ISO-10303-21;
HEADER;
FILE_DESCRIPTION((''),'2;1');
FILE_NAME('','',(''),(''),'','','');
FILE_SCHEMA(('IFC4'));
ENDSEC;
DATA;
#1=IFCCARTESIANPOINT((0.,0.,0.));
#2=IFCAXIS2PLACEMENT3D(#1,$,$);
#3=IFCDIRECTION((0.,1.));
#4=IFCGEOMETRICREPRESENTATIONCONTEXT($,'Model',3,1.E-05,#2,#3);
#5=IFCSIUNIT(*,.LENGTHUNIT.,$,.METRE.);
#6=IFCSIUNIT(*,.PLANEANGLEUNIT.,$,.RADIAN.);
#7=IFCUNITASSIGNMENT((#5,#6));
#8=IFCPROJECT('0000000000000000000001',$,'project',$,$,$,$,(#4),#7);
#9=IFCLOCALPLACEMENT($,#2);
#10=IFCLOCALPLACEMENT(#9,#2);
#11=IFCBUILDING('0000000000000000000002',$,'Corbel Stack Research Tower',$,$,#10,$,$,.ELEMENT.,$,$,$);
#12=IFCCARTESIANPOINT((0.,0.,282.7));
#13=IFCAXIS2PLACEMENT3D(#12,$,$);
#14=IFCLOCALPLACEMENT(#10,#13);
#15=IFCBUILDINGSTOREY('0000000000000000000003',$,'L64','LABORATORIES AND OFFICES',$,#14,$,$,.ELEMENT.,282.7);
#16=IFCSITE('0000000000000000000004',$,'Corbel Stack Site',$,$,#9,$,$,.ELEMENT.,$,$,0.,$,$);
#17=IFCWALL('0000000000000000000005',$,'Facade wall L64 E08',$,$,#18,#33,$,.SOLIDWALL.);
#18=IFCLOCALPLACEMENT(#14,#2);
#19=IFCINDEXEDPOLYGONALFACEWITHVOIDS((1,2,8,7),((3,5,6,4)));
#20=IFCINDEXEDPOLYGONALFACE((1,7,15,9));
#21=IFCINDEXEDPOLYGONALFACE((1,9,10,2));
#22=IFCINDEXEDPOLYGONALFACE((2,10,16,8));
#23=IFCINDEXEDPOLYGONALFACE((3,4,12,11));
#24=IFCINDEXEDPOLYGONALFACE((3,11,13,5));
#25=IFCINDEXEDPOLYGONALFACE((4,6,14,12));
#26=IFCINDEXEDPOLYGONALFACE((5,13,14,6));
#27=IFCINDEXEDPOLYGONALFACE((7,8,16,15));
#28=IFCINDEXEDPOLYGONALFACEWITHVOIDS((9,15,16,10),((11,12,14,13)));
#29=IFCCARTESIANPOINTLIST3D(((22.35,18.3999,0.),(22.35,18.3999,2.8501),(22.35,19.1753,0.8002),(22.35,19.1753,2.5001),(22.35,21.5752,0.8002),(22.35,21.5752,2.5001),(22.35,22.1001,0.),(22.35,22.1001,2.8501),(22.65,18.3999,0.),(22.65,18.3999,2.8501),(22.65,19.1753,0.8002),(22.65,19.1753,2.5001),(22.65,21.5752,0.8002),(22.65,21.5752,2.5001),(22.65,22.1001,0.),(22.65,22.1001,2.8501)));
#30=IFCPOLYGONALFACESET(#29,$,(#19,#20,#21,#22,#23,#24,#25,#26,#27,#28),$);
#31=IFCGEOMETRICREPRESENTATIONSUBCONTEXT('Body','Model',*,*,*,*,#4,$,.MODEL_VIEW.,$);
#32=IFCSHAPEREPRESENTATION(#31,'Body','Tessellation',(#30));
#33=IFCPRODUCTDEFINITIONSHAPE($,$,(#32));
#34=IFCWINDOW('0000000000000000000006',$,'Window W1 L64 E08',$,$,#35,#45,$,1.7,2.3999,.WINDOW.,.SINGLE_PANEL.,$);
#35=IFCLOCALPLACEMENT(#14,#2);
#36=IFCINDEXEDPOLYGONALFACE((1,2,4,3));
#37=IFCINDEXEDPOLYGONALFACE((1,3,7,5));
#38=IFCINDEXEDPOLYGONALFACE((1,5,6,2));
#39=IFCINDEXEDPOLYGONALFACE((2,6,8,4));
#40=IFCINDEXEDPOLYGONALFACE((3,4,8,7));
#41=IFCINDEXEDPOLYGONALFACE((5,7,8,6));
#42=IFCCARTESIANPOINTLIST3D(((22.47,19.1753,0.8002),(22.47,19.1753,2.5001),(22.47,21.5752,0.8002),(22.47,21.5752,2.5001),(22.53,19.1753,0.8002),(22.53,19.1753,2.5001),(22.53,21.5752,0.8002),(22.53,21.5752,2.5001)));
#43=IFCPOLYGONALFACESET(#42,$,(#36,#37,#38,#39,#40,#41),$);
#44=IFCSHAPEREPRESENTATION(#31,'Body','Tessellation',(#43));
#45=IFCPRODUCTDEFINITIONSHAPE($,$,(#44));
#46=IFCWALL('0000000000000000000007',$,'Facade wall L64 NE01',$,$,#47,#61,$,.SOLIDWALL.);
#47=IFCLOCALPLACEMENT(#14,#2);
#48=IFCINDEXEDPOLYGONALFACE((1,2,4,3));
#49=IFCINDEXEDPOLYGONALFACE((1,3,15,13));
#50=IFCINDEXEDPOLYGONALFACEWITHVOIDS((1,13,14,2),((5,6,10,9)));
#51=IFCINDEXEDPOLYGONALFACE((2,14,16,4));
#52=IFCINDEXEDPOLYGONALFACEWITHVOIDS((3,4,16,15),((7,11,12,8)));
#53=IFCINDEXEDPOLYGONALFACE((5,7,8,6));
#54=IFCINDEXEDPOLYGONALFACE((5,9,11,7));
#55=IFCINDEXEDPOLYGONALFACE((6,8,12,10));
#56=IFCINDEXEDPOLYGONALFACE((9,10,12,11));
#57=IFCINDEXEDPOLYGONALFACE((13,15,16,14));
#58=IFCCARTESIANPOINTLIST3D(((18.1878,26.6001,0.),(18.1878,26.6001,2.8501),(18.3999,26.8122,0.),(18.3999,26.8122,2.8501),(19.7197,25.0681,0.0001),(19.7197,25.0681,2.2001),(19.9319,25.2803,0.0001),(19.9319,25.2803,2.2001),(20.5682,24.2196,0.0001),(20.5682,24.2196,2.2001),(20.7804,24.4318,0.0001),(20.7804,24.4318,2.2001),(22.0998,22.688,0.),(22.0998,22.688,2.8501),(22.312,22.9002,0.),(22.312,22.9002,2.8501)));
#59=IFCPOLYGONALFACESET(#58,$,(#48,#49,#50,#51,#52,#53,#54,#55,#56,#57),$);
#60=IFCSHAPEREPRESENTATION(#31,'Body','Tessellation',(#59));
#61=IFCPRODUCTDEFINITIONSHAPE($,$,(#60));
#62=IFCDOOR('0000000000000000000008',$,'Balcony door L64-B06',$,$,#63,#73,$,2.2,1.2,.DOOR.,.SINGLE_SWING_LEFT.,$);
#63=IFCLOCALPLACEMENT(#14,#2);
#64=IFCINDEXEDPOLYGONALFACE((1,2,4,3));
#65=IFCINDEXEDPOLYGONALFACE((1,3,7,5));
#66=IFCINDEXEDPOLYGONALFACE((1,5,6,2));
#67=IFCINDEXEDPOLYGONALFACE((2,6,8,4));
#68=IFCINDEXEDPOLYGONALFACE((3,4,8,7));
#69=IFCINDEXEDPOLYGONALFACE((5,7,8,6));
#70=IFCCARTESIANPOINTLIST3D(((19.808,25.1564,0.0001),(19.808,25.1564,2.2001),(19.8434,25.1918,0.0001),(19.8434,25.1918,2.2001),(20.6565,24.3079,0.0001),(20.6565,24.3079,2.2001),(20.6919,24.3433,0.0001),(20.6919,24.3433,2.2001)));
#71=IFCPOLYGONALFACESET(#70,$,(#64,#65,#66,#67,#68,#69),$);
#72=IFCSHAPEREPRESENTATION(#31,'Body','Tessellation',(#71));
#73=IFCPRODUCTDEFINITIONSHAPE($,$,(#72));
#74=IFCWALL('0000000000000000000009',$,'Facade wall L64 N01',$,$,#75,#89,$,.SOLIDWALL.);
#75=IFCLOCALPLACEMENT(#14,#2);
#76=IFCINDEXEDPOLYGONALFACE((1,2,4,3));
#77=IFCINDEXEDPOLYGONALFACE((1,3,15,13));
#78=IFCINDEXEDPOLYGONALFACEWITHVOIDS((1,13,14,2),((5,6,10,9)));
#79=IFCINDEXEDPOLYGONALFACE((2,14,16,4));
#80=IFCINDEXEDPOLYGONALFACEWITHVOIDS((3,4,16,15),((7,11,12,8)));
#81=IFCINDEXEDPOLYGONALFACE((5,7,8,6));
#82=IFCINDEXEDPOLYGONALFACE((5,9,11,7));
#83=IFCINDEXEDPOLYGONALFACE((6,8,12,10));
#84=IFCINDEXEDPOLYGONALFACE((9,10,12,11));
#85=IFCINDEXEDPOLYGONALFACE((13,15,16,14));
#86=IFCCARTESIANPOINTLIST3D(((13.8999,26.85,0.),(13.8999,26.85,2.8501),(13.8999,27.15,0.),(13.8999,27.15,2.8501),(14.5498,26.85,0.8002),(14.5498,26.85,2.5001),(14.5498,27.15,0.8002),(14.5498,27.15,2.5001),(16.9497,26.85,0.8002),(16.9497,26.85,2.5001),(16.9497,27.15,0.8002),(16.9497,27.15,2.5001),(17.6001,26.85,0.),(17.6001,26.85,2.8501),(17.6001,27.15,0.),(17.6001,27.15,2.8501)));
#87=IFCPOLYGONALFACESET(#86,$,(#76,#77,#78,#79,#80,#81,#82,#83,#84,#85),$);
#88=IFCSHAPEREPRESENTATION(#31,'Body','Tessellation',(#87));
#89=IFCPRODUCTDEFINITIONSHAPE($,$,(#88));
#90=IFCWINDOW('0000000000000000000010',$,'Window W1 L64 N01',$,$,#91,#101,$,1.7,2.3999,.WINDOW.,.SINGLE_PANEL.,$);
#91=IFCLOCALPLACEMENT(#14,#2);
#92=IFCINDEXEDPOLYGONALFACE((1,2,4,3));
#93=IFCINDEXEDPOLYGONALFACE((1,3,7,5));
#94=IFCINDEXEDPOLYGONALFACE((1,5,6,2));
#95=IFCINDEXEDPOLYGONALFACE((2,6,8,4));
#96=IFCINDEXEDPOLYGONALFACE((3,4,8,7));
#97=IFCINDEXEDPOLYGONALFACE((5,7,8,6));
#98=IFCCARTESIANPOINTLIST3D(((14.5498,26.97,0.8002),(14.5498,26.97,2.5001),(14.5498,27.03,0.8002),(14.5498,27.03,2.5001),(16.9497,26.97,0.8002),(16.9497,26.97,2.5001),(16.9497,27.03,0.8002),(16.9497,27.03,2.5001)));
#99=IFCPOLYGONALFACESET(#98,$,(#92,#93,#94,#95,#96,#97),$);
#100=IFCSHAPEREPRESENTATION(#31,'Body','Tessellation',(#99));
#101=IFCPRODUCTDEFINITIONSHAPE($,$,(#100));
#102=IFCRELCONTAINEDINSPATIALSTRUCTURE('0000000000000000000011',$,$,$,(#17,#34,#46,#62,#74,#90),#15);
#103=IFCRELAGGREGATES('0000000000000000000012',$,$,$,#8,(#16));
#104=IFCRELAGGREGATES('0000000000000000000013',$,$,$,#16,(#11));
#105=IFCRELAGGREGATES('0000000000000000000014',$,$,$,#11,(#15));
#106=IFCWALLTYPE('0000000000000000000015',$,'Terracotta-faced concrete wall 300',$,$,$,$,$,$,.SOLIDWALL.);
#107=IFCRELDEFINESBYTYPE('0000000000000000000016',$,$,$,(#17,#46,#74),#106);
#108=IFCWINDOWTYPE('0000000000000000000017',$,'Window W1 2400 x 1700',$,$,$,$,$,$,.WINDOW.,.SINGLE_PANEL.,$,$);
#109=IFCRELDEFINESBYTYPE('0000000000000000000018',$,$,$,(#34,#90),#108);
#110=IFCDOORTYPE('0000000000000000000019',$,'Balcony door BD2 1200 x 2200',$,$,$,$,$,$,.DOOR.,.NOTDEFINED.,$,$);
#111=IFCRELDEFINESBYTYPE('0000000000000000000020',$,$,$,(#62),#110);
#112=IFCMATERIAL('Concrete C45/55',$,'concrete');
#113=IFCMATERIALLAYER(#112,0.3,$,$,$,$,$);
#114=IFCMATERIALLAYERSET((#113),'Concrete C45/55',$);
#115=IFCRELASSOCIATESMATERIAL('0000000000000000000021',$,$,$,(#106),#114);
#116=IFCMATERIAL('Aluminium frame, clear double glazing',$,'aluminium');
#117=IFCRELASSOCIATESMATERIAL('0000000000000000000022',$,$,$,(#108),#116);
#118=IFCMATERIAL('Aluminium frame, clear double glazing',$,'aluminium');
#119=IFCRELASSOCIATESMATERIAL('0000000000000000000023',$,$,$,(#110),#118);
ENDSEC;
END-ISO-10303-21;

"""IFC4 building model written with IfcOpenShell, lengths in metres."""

from ifc_helpers import new_model, si_unit, direction, frame, frame_2d, origin, place, context, subcontext, project, spatial, rectangle, extrude, material, layer, layer_set, type_object, element, fill, save


model = new_model("IFC4")

# Units and contexts
model_context = context("Model", 3, precision=1e-05, world=origin(), true_north=direction((0.0, 1.0)))
body_context = subcontext(model_context, "Body", "Model", "MODEL_VIEW")
ifc_project = project(units=[si_unit("LENGTHUNIT", "METRE"), si_unit("PLANEANGLEUNIT", "RADIAN")], contexts=[model_context])

# Site, building, storey
site_placement = place(None, origin())
site = spatial("IfcSite", under=ifc_project, at=site_placement, Name="Corbel Stack Site", CompositionType="ELEMENT", RefElevation=0.0)
building_placement = place(site_placement, origin())
building = spatial("IfcBuilding", under=site, at=building_placement, Name="Corbel Stack Research Tower", CompositionType="ELEMENT")
storey_placement = place(building_placement, frame((0.0, 0.0, 282.7)))
storey = spatial("IfcBuildingStorey", under=building, at=storey_placement, Name="L64", Description="LABORATORIES AND OFFICES", CompositionType="ELEMENT", Elevation=282.7)

# Shared definitions
ifc_material_1 = material(Name="Concrete C45/55", Category="concrete")
ifc_layer_1 = layer(ifc_material_1, 0.3)
ifc_layer_set_1 = layer_set([ifc_layer_1], Name="Concrete C45/55")
wall_type_1 = type_object("IfcWallType", Name="Terracotta-faced concrete wall 300", PredefinedType="SOLIDWALL", material=ifc_layer_set_1)

# Wall, opening, window
wall_1_placement = place(storey_placement, frame((22.5, 22.1001, 0.0), z_axis=(0.0, 0.0, 1.0), x_axis=(0.0, -1.0, 0.0)))
wall_1 = element("IfcWall", 1, at=wall_1_placement, inside=storey, type_object=wall_type_1, Name="Facade wall L64 E08", PredefinedType="SOLIDWALL", context=body_context, shape_type="SweptSolid", body=[
    extrude(rectangle(XDim=3.7002, YDim=0.3, at=frame_2d((1.8501, 0.0))), origin(), (0.0, 0.0, 1.0), 2.8501),
])
opening_1_placement = place(wall_1_placement, frame((0.5249, 0.0, 0.8)))
opening_1 = element("IfcOpeningElement", 2, at=opening_1_placement, cuts=wall_1, PredefinedType="OPENING", context=body_context, shape_type="SweptSolid", body=[
    extrude(rectangle(XDim=2.3999, YDim=1.7, at=frame_2d((1.2, 0.8501))), frame((0.0, 0.1599, 0.0), z_axis=(0.0, -1.0, 0.0), x_axis=(1.0, 0.0, 0.0)), (0.0, 0.0, 1.0), 0.3201),
])
ifc_material_2 = material(Name="Aluminium frame, clear double glazing", Category="aluminium")
window_type = type_object("IfcWindowType", Name="Window W1 2400 x 1700", PartitioningType="SINGLE_PANEL", PredefinedType="WINDOW", material=ifc_material_2)
window_1_placement = place(opening_1_placement, origin())
window_1 = element("IfcWindow", 3, at=window_1_placement, inside=storey, type_object=window_type, Name="Window W1 L64 E08", OverallHeight=1.7, OverallWidth=2.3999, PartitioningType="SINGLE_PANEL", PredefinedType="WINDOW", context=body_context, shape_type="SweptSolid", body=[
    extrude(rectangle(XDim=2.3999, YDim=1.7, at=frame_2d((1.2, 0.8501))), frame((0.0, 0.03, 0.0), z_axis=(0.0, -1.0, 0.0), x_axis=(1.0, 0.0, 0.0)), (0.0, 0.0, 1.0), 0.0601),
])
fill(opening_1, window_1)

# Wall, opening, door
wall_2_placement = place(storey_placement, frame((18.2939, 26.7061, 0.0), z_axis=(0.0, 0.0, 1.0), x_axis=(0.707107, -0.707107, 0.0)))
wall_2 = element("IfcWall", 4, at=wall_2_placement, inside=storey, type_object=wall_type_1, Name="Facade wall L64 NE01", PredefinedType="SOLIDWALL", context=body_context, shape_type="SweptSolid", body=[
    extrude(rectangle(XDim=5.5325, YDim=0.3, at=frame_2d((2.7661, 0.0))), origin(), (0.0, 0.0, 1.0), 2.8501),
])
opening_2_placement = place(wall_2_placement, frame((2.1663, 0.0, 0.0)))
opening_2 = element("IfcOpeningElement", 5, at=opening_2_placement, cuts=wall_2, PredefinedType="OPENING", context=body_context, shape_type="SweptSolid", body=[
    extrude(rectangle(XDim=1.2, YDim=2.2, at=frame_2d((0.6001, 1.1001))), frame((0.0, 0.1599, 0.0), z_axis=(0.0, -1.0, 0.0), x_axis=(1.0, 0.0, 0.0)), (0.0, 0.0, 1.0), 0.3201),
])
ifc_material_3 = material(Name="Aluminium frame, clear double glazing", Category="aluminium")
door_type_1 = type_object("IfcDoorType", Name="Balcony door BD2 1200 x 2200", OperationType="NOTDEFINED", PredefinedType="DOOR", material=ifc_material_3)
door_1_placement = place(opening_2_placement, origin())
door_1 = element("IfcDoor", 6, at=door_1_placement, inside=storey, type_object=door_type_1, Name="Balcony door L64-B06", OperationType="SINGLE_SWING_LEFT", OverallHeight=2.2, OverallWidth=1.2, PredefinedType="DOOR", context=body_context, shape_type="SweptSolid", body=[
    extrude(rectangle(XDim=1.2, YDim=2.2, at=frame_2d((0.6001, 1.1001))), frame((0.0, 0.0249, 0.0), z_axis=(0.0, -1.0, 0.0), x_axis=(1.0, 0.0, 0.0)), (0.0, 0.0, 1.0), 0.05),
])
fill(opening_2, door_1)

# Wall, opening, window
wall_3_placement = place(storey_placement, frame((13.8999, 27.0, 0.0), z_axis=(0.0, 0.0, 1.0), x_axis=(1.0, 0.0, 0.0)))
wall_3 = element("IfcWall", 7, at=wall_3_placement, inside=storey, type_object=wall_type_1, Name="Facade wall L64 N01", PredefinedType="SOLIDWALL", context=body_context, shape_type="SweptSolid", body=[
    extrude(rectangle(XDim=3.7002, YDim=0.3, at=frame_2d((1.8501, 0.0))), origin(), (0.0, 0.0, 1.0), 2.8501),
])
opening_3_placement = place(wall_3_placement, frame((0.6499, 0.0, 0.8)))
opening_3 = element("IfcOpeningElement", 8, at=opening_3_placement, cuts=wall_3, PredefinedType="OPENING", context=body_context, shape_type="SweptSolid", body=[
    extrude(rectangle(XDim=2.3999, YDim=1.7, at=frame_2d((1.2, 0.8501))), frame((0.0, 0.1599, 0.0), z_axis=(0.0, -1.0, 0.0), x_axis=(1.0, 0.0, 0.0)), (0.0, 0.0, 1.0), 0.3201),
])
window_2_placement = place(opening_3_placement, origin())
window_2 = element("IfcWindow", 9, at=window_2_placement, inside=storey, type_object=window_type, Name="Window W1 L64 N01", OverallHeight=1.7, OverallWidth=2.3999, PartitioningType="SINGLE_PANEL", PredefinedType="WINDOW", context=body_context, shape_type="SweptSolid", body=[
    extrude(rectangle(XDim=2.3999, YDim=1.7, at=frame_2d((1.2, 0.8501))), frame((0.0, 0.03, 0.0), z_axis=(0.0, -1.0, 0.0), x_axis=(1.0, 0.0, 0.0)), (0.0, 0.0, 1.0), 0.0601),
])
fill(opening_3, window_2)

save(model, "model.ifc")
